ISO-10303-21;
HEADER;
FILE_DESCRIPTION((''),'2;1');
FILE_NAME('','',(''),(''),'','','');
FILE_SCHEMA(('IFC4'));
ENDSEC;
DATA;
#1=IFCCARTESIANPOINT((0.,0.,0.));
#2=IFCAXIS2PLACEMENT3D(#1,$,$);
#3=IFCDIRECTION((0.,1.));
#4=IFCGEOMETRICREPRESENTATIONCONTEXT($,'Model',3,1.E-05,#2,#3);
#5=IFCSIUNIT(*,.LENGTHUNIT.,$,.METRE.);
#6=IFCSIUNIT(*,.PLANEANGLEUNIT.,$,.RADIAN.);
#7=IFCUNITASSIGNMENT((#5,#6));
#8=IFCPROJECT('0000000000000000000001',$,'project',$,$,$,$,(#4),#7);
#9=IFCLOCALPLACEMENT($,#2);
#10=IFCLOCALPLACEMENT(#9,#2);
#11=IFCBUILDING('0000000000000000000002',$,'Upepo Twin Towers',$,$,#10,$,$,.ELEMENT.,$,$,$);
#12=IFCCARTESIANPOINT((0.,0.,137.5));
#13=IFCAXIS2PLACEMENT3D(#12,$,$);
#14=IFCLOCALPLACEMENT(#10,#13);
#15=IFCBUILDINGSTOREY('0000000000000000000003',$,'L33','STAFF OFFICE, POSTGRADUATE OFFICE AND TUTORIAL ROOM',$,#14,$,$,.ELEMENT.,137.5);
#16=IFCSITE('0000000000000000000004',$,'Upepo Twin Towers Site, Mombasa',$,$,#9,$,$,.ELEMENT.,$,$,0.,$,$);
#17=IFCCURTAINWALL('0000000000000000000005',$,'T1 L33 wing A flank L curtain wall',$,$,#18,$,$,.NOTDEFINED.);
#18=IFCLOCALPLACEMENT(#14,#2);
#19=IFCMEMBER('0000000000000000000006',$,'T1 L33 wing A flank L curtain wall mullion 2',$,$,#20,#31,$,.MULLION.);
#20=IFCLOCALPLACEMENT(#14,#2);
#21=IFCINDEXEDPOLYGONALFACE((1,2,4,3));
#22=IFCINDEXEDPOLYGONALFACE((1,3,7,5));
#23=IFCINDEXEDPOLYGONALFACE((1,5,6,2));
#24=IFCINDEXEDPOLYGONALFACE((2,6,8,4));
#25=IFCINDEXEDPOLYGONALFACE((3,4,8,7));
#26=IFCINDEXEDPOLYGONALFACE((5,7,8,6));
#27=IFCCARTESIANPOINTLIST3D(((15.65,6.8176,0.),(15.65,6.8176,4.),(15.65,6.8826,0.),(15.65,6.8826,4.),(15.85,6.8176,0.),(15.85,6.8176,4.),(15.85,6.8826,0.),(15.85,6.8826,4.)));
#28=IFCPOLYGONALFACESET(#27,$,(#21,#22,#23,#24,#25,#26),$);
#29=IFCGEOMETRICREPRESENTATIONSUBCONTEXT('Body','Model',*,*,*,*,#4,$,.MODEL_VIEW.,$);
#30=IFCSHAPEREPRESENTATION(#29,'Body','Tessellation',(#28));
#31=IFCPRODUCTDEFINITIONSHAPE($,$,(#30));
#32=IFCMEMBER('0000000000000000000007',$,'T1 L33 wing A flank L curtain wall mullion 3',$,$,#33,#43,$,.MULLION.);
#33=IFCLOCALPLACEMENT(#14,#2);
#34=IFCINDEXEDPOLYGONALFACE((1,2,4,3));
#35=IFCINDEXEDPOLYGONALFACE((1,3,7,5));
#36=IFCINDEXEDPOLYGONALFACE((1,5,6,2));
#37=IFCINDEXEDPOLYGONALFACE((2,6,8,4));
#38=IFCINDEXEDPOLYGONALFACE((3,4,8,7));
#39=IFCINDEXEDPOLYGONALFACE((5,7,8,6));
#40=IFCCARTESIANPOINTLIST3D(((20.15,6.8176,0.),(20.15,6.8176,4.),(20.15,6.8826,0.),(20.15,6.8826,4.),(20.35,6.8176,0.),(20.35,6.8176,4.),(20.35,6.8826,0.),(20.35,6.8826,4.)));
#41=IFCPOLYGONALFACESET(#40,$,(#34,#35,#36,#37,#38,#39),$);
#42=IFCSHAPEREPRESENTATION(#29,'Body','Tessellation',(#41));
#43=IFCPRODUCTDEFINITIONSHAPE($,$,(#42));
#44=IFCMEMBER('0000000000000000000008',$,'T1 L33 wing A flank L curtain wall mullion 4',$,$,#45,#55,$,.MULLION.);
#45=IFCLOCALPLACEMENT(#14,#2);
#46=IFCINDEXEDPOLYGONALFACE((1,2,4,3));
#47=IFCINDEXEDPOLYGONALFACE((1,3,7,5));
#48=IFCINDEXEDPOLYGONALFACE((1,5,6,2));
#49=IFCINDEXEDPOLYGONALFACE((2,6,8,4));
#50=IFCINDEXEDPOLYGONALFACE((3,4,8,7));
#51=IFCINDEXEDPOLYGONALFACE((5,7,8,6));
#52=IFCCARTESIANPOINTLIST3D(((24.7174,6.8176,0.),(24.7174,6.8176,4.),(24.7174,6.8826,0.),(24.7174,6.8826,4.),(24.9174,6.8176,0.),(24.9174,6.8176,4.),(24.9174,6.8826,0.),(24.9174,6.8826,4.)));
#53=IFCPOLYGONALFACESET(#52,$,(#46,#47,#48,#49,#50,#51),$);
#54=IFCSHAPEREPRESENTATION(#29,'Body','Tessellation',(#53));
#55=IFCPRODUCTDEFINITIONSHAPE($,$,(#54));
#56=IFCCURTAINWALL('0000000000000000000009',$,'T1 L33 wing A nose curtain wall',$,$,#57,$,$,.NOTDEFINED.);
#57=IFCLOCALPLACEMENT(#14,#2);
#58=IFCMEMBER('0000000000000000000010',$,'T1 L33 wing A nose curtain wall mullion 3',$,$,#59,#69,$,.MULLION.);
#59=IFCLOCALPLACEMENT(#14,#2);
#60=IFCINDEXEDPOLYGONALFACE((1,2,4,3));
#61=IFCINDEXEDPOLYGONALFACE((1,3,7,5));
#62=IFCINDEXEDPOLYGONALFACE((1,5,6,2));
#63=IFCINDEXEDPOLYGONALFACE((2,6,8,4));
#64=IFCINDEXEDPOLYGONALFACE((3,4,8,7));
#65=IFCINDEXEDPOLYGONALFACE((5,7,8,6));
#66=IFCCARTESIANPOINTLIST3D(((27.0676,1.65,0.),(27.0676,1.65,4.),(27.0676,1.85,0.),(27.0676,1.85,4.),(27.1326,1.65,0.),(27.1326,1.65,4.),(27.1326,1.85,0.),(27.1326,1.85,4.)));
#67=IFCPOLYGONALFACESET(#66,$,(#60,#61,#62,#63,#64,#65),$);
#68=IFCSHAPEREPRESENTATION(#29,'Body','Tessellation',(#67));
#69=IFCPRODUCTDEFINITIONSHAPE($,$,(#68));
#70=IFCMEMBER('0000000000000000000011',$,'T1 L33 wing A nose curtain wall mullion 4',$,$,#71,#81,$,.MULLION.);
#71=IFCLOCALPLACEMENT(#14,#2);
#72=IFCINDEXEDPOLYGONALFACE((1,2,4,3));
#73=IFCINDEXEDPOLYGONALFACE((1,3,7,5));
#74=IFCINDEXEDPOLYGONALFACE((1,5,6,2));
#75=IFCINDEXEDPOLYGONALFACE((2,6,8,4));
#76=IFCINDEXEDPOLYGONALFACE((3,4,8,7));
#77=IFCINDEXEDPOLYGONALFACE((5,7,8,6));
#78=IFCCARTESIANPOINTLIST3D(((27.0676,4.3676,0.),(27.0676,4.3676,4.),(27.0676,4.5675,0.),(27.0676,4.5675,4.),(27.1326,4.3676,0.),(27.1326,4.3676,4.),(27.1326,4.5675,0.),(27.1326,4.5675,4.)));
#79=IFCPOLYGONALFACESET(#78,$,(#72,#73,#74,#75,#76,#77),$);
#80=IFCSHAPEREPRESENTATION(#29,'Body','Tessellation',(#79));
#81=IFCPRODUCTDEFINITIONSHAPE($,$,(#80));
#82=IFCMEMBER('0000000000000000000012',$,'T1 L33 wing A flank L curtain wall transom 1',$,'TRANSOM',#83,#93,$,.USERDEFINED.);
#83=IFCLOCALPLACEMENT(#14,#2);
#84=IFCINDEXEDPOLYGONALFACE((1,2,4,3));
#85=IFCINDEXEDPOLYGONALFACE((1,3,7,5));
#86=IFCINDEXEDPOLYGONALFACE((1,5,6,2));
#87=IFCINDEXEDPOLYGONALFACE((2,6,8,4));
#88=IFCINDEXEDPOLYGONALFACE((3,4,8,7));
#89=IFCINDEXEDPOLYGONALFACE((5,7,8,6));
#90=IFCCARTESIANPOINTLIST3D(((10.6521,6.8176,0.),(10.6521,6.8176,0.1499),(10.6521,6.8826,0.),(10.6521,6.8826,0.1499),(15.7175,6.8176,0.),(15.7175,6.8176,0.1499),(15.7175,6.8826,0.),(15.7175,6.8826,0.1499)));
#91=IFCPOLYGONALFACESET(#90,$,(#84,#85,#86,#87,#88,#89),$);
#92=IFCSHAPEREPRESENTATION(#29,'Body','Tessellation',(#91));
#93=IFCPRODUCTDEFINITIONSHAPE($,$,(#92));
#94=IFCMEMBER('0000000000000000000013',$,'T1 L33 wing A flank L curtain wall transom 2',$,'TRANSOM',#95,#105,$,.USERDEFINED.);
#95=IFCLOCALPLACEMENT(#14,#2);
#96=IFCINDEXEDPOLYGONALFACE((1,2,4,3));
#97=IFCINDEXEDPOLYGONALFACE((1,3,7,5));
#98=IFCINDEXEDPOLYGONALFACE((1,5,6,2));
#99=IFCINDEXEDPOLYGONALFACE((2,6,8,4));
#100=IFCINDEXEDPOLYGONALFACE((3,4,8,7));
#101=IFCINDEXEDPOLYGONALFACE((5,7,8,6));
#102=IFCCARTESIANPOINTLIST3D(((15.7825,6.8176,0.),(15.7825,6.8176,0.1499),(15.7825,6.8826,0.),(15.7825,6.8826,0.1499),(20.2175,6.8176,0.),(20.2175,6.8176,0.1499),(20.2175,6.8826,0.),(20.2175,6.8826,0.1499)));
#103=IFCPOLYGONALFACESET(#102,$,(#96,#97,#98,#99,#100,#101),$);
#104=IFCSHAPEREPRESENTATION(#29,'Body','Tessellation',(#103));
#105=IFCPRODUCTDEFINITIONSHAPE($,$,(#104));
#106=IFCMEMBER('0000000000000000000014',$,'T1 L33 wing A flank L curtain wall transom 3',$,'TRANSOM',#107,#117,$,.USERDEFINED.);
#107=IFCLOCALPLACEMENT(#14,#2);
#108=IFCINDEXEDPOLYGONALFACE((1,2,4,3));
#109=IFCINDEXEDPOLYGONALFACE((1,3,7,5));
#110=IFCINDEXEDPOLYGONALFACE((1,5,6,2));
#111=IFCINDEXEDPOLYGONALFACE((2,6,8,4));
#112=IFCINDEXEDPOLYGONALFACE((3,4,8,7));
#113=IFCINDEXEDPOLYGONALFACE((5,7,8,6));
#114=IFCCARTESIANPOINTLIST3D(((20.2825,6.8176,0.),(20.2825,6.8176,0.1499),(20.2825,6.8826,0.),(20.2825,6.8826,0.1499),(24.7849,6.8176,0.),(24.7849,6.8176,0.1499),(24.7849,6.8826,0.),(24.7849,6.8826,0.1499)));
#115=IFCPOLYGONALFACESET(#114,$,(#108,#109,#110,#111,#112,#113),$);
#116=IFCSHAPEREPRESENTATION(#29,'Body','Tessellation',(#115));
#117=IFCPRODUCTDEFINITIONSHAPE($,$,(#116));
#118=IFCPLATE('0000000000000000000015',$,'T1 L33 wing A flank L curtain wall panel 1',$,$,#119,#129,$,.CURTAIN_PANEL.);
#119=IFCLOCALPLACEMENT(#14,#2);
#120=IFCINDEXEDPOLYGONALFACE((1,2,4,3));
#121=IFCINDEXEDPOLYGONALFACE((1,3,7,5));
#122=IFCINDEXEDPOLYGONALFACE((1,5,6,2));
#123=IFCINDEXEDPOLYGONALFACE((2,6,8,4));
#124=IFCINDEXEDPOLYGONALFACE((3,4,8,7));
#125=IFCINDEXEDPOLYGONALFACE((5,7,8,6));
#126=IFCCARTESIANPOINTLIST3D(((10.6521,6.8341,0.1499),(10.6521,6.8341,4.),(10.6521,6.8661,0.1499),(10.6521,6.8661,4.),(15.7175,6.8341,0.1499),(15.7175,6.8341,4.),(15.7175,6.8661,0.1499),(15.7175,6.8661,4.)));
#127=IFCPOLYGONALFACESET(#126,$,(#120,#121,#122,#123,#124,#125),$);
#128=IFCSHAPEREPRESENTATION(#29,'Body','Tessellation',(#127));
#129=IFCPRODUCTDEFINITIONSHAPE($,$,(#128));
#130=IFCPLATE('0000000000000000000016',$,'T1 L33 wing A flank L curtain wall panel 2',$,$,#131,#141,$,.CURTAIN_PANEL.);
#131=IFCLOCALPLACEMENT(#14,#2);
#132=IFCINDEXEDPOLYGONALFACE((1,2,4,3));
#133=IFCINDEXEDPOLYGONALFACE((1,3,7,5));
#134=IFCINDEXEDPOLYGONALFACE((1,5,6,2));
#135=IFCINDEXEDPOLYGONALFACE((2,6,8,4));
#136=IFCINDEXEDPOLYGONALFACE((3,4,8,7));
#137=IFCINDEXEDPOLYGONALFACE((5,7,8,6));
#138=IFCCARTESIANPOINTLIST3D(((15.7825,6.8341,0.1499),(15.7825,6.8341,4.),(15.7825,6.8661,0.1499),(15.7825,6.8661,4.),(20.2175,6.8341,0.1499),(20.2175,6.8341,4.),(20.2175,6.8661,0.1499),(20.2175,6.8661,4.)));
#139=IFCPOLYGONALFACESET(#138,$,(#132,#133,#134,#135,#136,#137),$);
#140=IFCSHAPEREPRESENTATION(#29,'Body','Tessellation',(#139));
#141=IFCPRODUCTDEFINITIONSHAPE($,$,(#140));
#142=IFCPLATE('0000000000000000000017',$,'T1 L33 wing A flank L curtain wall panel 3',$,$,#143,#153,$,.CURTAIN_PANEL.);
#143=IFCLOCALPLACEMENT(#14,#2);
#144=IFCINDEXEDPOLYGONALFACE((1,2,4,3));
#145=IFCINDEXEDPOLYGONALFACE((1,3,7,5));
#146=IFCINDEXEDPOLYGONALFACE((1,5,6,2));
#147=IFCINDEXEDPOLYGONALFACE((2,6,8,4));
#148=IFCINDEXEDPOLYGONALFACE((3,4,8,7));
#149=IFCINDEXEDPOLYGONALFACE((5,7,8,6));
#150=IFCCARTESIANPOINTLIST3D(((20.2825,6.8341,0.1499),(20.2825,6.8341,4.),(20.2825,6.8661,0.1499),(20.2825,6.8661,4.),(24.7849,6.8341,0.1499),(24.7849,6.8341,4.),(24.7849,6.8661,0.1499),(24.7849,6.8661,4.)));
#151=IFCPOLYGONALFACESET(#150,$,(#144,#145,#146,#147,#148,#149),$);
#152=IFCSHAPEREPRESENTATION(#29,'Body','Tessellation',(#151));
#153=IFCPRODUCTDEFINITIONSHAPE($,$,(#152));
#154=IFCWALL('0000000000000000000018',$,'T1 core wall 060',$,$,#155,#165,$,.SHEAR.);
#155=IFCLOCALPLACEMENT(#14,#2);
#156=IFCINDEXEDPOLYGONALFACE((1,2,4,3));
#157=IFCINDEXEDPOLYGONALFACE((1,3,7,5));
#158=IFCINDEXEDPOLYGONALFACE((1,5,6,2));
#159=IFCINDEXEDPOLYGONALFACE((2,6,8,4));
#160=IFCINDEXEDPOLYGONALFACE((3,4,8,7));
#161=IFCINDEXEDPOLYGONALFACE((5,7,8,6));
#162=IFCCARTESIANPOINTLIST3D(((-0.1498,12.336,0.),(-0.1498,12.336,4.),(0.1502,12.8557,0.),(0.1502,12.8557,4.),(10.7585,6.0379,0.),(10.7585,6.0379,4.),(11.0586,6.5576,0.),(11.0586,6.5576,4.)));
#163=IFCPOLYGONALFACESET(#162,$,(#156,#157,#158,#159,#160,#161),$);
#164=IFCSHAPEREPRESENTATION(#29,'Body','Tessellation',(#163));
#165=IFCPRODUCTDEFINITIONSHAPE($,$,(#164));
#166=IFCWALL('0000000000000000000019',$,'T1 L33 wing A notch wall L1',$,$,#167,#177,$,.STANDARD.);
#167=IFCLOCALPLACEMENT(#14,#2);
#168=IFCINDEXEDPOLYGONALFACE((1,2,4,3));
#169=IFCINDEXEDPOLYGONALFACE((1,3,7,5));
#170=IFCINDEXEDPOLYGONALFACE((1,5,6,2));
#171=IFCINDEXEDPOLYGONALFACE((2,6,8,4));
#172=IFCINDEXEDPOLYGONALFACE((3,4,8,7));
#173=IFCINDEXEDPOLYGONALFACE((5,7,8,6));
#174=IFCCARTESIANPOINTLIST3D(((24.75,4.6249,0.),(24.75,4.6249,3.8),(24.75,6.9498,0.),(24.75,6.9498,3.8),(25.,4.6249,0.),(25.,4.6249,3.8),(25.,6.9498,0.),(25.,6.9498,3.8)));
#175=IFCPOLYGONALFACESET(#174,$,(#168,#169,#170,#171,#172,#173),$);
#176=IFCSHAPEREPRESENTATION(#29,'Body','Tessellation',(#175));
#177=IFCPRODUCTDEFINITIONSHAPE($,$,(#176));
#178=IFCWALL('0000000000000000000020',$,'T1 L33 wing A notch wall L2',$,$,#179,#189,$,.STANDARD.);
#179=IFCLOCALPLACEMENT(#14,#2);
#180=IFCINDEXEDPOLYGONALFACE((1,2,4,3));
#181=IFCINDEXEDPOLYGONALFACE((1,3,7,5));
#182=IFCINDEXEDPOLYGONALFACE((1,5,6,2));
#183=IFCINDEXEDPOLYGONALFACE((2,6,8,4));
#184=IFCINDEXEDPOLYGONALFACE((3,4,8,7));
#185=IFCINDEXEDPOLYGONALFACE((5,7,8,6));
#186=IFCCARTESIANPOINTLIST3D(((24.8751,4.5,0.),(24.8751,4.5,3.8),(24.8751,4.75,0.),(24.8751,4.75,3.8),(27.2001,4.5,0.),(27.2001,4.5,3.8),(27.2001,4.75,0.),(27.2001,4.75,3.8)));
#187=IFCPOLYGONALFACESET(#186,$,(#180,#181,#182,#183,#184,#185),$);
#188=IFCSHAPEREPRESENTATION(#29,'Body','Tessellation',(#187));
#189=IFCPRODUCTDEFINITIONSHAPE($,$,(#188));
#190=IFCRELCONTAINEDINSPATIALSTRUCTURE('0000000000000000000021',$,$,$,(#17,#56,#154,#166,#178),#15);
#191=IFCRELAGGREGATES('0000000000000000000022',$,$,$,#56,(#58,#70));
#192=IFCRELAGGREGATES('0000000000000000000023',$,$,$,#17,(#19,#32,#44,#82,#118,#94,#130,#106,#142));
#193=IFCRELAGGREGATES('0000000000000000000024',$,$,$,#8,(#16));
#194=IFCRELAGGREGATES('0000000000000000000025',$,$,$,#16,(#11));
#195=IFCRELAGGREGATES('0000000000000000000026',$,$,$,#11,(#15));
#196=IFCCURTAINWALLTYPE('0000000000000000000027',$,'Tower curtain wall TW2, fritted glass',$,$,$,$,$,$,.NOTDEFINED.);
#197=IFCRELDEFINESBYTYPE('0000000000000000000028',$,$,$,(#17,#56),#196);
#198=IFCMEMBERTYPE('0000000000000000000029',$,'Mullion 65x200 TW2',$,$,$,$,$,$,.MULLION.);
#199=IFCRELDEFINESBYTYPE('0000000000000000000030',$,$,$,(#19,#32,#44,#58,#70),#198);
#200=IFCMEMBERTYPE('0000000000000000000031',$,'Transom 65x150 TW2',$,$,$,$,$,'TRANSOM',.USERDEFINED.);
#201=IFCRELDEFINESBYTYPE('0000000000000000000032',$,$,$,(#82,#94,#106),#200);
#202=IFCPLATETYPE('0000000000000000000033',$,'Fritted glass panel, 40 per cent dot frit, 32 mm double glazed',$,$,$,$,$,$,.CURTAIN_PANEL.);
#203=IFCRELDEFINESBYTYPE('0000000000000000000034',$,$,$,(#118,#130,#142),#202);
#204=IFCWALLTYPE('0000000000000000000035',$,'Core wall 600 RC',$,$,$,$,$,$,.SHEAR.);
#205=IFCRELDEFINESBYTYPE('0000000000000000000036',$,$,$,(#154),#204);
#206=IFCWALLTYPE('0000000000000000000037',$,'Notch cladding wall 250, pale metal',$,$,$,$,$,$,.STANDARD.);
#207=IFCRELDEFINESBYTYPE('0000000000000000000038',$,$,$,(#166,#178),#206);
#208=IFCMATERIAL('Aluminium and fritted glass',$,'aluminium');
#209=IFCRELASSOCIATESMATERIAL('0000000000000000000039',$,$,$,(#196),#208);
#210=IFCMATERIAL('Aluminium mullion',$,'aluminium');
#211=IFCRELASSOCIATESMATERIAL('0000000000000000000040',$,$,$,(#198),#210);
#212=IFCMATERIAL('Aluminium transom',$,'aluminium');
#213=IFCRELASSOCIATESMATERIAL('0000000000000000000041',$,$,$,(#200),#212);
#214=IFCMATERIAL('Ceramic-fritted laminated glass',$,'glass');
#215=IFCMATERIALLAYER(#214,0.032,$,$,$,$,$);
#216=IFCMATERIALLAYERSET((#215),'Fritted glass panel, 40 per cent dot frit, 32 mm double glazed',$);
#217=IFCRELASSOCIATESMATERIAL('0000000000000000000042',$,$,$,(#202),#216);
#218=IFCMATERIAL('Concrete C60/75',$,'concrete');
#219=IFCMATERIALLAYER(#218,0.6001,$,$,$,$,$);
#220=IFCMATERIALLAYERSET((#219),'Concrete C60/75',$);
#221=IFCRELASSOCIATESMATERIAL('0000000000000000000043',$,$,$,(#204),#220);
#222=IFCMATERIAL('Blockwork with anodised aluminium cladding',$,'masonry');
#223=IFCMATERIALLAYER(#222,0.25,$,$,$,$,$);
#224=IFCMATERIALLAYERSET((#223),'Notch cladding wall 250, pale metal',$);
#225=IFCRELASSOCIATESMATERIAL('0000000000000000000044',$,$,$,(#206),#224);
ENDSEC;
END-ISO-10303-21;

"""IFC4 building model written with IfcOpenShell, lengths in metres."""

from ifc_helpers import new_model, si_unit, direction, frame, frame_2d, origin, origin_2d, place, context, subcontext, project, spatial, rectangle, extrude, material, layer, layer_set, material_profile, profile_set, type_object, element, aggregate, save


model = new_model("IFC4")

# Units and contexts
model_context = context("Model", 3, precision=1e-05, world=origin(), true_north=direction((0.0, 1.0)))
body_context = subcontext(model_context, "Body", "Model", "MODEL_VIEW")
ifc_project = project(units=[si_unit("LENGTHUNIT", "METRE"), si_unit("PLANEANGLEUNIT", "RADIAN")], contexts=[model_context])

# Site, building, storey
site_placement = place(None, origin())
site = spatial("IfcSite", under=ifc_project, at=site_placement, Name="Upepo Twin Towers Site, Mombasa", CompositionType="ELEMENT", RefElevation=0.0)
building_placement = place(site_placement, origin())
building = spatial("IfcBuilding", under=site, at=building_placement, Name="Upepo Twin Towers", CompositionType="ELEMENT")
storey_placement = place(building_placement, frame((0.0, 0.0, 137.5)))
storey = spatial("IfcBuildingStorey", under=building, at=storey_placement, Name="L33", Description="STAFF OFFICE, POSTGRADUATE OFFICE AND TUTORIAL ROOM", CompositionType="ELEMENT", Elevation=137.5)

# Curtain walls, members
ifc_material_1 = material(Name="Aluminium and fritted glass", Category="aluminium")
curtain_wall_type = type_object("IfcCurtainWallType", Name="Tower curtain wall TW2, fritted glass", PredefinedType="NOTDEFINED", material=ifc_material_1)
curtain_wall_1_placement = place(storey_placement, origin())
curtain_wall_1 = element("IfcCurtainWall", 1, at=curtain_wall_1_placement, inside=storey, type_object=curtain_wall_type, Name="T1 L33 wing A flank L curtain wall", PredefinedType="NOTDEFINED")
ifc_material_2 = material(Name="Aluminium mullion", Category="aluminium")
ifc_material_profile_1 = material_profile(ifc_material_2, rectangle(XDim=0.0649, YDim=0.2, at=origin_2d()), Name="MULLION 65x200")
ifc_profile_set_1 = profile_set([ifc_material_profile_1], Name="Aluminium mullion")
member_type_1 = type_object("IfcMemberType", Name="Mullion 65x200 TW2", PredefinedType="MULLION", material=ifc_profile_set_1)
member_1_placement = place(storey_placement, frame((15.75, 6.8501, 0.0), z_axis=(0.0, 0.0, 1.0), x_axis=(0.0, 1.0, 0.0)))
member_1 = element("IfcMember", 2, at=member_1_placement, type_object=member_type_1, Name="T1 L33 wing A flank L curtain wall mullion 2", PredefinedType="MULLION", context=body_context, shape_type="SweptSolid", body=[
    extrude(rectangle(XDim=0.0649, YDim=0.2, at=origin_2d()), origin(), (0.0, 0.0, 1.0), 4.0),
])
member_2_placement = place(storey_placement, frame((20.25, 6.8501, 0.0), z_axis=(0.0, 0.0, 1.0), x_axis=(0.0, 1.0, 0.0)))
member_2 = element("IfcMember", 3, at=member_2_placement, type_object=member_type_1, Name="T1 L33 wing A flank L curtain wall mullion 3", PredefinedType="MULLION", context=body_context, shape_type="SweptSolid", body=[
    extrude(rectangle(XDim=0.0649, YDim=0.2, at=origin_2d()), origin(), (0.0, 0.0, 1.0), 4.0),
])
member_3_placement = place(storey_placement, frame((24.8174, 6.8501, 0.0), z_axis=(0.0, 0.0, 1.0), x_axis=(0.0, 1.0, 0.0)))
member_3 = element("IfcMember", 4, at=member_3_placement, type_object=member_type_1, Name="T1 L33 wing A flank L curtain wall mullion 4", PredefinedType="MULLION", context=body_context, shape_type="SweptSolid", body=[
    extrude(rectangle(XDim=0.0649, YDim=0.2, at=origin_2d()), origin(), (0.0, 0.0, 1.0), 4.0),
])
curtain_wall_2_placement = place(storey_placement, origin())
curtain_wall_2 = element("IfcCurtainWall", 5, at=curtain_wall_2_placement, inside=storey, type_object=curtain_wall_type, Name="T1 L33 wing A nose curtain wall", PredefinedType="NOTDEFINED")
member_4_placement = place(storey_placement, frame((27.1001, 1.75, 0.0), z_axis=(0.0, 0.0, 1.0), x_axis=(-1.0, 0.0, 0.0)))
member_4 = element("IfcMember", 6, at=member_4_placement, type_object=member_type_1, Name="T1 L33 wing A nose curtain wall mullion 3", PredefinedType="MULLION", context=body_context, shape_type="SweptSolid", body=[
    extrude(rectangle(XDim=0.0649, YDim=0.2, at=origin_2d()), origin(), (0.0, 0.0, 1.0), 4.0),
])
member_5_placement = place(storey_placement, frame((27.1001, 4.4675, 0.0), z_axis=(0.0, 0.0, 1.0), x_axis=(-1.0, 0.0, 0.0)))
member_5 = element("IfcMember", 7, at=member_5_placement, type_object=member_type_1, Name="T1 L33 wing A nose curtain wall mullion 4", PredefinedType="MULLION", context=body_context, shape_type="SweptSolid", body=[
    extrude(rectangle(XDim=0.0649, YDim=0.2, at=origin_2d()), origin(), (0.0, 0.0, 1.0), 4.0),
])
aggregate(curtain_wall_2, [member_4, member_5])

# Members
ifc_material_3 = material(Name="Aluminium transom", Category="aluminium")
ifc_material_profile_2 = material_profile(ifc_material_3, rectangle(XDim=0.0649, YDim=0.1499, at=origin_2d()), Name="TRANSOM 65x150")
ifc_profile_set_2 = profile_set([ifc_material_profile_2], Name="Aluminium transom")
member_type_2 = type_object("IfcMemberType", Name="Transom 65x150 TW2", ElementType="TRANSOM", PredefinedType="USERDEFINED", material=ifc_profile_set_2)
member_6_placement = place(storey_placement, frame((10.6521, 6.8501, 0.075), z_axis=(1.0, 0.0, 0.0), x_axis=(0.0, 1.0, 0.0)))
member_6 = element("IfcMember", 8, at=member_6_placement, type_object=member_type_2, Name="T1 L33 wing A flank L curtain wall transom 1", ObjectType="TRANSOM", PredefinedType="USERDEFINED", context=body_context, shape_type="SweptSolid", body=[
    extrude(rectangle(XDim=0.0649, YDim=0.1499, at=origin_2d()), origin(), (0.0, 0.0, 1.0), 5.0654),
])
member_7_placement = place(storey_placement, frame((15.7825, 6.8501, 0.075), z_axis=(1.0, 0.0, 0.0), x_axis=(0.0, 1.0, 0.0)))
member_7 = element("IfcMember", 9, at=member_7_placement, type_object=member_type_2, Name="T1 L33 wing A flank L curtain wall transom 2", ObjectType="TRANSOM", PredefinedType="USERDEFINED", context=body_context, shape_type="SweptSolid", body=[
    extrude(rectangle(XDim=0.0649, YDim=0.1499, at=origin_2d()), origin(), (0.0, 0.0, 1.0), 4.4351),
])
member_8_placement = place(storey_placement, frame((20.2825, 6.8501, 0.075), z_axis=(1.0, 0.0, 0.0), x_axis=(0.0, 1.0, 0.0)))
member_8 = element("IfcMember", 10, at=member_8_placement, type_object=member_type_2, Name="T1 L33 wing A flank L curtain wall transom 3", ObjectType="TRANSOM", PredefinedType="USERDEFINED", context=body_context, shape_type="SweptSolid", body=[
    extrude(rectangle(XDim=0.0649, YDim=0.1499, at=origin_2d()), origin(), (0.0, 0.0, 1.0), 4.5024),
])

# Plates
ifc_material_4 = material(Name="Ceramic-fritted laminated glass", Category="glass")
ifc_layer_1 = layer(ifc_material_4, 0.032)
ifc_layer_set_1 = layer_set([ifc_layer_1], Name="Fritted glass panel, 40 per cent dot frit, 32 mm double glazed")
plate_type = type_object("IfcPlateType", Name="Fritted glass panel, 40 per cent dot frit, 32 mm double glazed", PredefinedType="CURTAIN_PANEL", material=ifc_layer_set_1)
plate_1_placement = place(storey_placement, frame((13.1848, 6.8501, 0.1499), z_axis=(0.0, 0.0, 1.0), x_axis=(1.0, 0.0, 0.0)))
plate_1 = element("IfcPlate", 11, at=plate_1_placement, type_object=plate_type, Name="T1 L33 wing A flank L curtain wall panel 1", PredefinedType="CURTAIN_PANEL", context=body_context, shape_type="SweptSolid", body=[
    extrude(rectangle(XDim=5.0654, YDim=0.032, at=origin_2d()), origin(), (0.0, 0.0, 1.0), 3.8501),
])
plate_2_placement = place(storey_placement, frame((18.0, 6.8501, 0.1499), z_axis=(0.0, 0.0, 1.0), x_axis=(1.0, 0.0, 0.0)))
plate_2 = element("IfcPlate", 12, at=plate_2_placement, type_object=plate_type, Name="T1 L33 wing A flank L curtain wall panel 2", PredefinedType="CURTAIN_PANEL", context=body_context, shape_type="SweptSolid", body=[
    extrude(rectangle(XDim=4.4351, YDim=0.032, at=origin_2d()), origin(), (0.0, 0.0, 1.0), 3.8501),
])
plate_3_placement = place(storey_placement, frame((22.5337, 6.8501, 0.1499), z_axis=(0.0, 0.0, 1.0), x_axis=(1.0, 0.0, 0.0)))
plate_3 = element("IfcPlate", 13, at=plate_3_placement, type_object=plate_type, Name="T1 L33 wing A flank L curtain wall panel 3", PredefinedType="CURTAIN_PANEL", context=body_context, shape_type="SweptSolid", body=[
    extrude(rectangle(XDim=4.5024, YDim=0.032, at=origin_2d()), origin(), (0.0, 0.0, 1.0), 3.8501),
])
aggregate(curtain_wall_1, [member_1, member_2, member_3, member_6, plate_1, member_7, plate_2, member_8, plate_3])

# Walls
ifc_material_5 = material(Name="Concrete C60/75", Category="concrete")
ifc_layer_2 = layer(ifc_material_5, 0.6001)
ifc_layer_set_2 = layer_set([ifc_layer_2], Name="Concrete C60/75")
wall_type_1 = type_object("IfcWallType", Name="Core wall 600 RC", PredefinedType="SHEAR", material=ifc_layer_set_2)
wall_1_placement = place(storey_placement, frame((10.9084, 6.2979, 0.0), z_axis=(0.0, 0.0, 1.0), x_axis=(-0.866022, 0.500006, 0.0)))
element("IfcWall", 14, at=wall_1_placement, inside=storey, type_object=wall_type_1, Name="T1 core wall 060", PredefinedType="SHEAR", context=body_context, shape_type="SweptSolid", body=[
    extrude(rectangle(XDim=12.5959, YDim=0.6001, at=frame_2d((6.2979, 0.0))), origin(), (0.0, 0.0, 1.0), 4.0),
])
ifc_material_6 = material(Name="Blockwork with anodised aluminium cladding", Category="masonry")
ifc_layer_3 = layer(ifc_material_6, 0.25)
ifc_layer_set_3 = layer_set([ifc_layer_3], Name="Notch cladding wall 250, pale metal")
wall_type_2 = type_object("IfcWallType", Name="Notch cladding wall 250, pale metal", PredefinedType="STANDARD", material=ifc_layer_set_3)
for number, where, z_axis, x_axis, name in (
    (15, (24.875, 6.95, 0.0), (0.0, 0.0, 1.0), (0.0, -1.0, 0.0), "T1 L33 wing A notch wall L1"),
    (16, (24.875, 4.625, 0.0), (0.0, 0.0, 1.0), (1.0, 0.0, 0.0), "T1 L33 wing A notch wall L2"),
):
    element("IfcWall", number, at=place(storey_placement, frame(where, z_axis=z_axis, x_axis=x_axis)), inside=storey, type_object=wall_type_2, Name=name, PredefinedType="STANDARD", context=body_context, shape_type="SweptSolid", body=[
        extrude(rectangle(XDim=2.325, YDim=0.25, at=frame_2d((1.1626, 0.0))), origin(), (0.0, 0.0, 1.0), 3.8),
    ])

save(model, "model.ifc")
